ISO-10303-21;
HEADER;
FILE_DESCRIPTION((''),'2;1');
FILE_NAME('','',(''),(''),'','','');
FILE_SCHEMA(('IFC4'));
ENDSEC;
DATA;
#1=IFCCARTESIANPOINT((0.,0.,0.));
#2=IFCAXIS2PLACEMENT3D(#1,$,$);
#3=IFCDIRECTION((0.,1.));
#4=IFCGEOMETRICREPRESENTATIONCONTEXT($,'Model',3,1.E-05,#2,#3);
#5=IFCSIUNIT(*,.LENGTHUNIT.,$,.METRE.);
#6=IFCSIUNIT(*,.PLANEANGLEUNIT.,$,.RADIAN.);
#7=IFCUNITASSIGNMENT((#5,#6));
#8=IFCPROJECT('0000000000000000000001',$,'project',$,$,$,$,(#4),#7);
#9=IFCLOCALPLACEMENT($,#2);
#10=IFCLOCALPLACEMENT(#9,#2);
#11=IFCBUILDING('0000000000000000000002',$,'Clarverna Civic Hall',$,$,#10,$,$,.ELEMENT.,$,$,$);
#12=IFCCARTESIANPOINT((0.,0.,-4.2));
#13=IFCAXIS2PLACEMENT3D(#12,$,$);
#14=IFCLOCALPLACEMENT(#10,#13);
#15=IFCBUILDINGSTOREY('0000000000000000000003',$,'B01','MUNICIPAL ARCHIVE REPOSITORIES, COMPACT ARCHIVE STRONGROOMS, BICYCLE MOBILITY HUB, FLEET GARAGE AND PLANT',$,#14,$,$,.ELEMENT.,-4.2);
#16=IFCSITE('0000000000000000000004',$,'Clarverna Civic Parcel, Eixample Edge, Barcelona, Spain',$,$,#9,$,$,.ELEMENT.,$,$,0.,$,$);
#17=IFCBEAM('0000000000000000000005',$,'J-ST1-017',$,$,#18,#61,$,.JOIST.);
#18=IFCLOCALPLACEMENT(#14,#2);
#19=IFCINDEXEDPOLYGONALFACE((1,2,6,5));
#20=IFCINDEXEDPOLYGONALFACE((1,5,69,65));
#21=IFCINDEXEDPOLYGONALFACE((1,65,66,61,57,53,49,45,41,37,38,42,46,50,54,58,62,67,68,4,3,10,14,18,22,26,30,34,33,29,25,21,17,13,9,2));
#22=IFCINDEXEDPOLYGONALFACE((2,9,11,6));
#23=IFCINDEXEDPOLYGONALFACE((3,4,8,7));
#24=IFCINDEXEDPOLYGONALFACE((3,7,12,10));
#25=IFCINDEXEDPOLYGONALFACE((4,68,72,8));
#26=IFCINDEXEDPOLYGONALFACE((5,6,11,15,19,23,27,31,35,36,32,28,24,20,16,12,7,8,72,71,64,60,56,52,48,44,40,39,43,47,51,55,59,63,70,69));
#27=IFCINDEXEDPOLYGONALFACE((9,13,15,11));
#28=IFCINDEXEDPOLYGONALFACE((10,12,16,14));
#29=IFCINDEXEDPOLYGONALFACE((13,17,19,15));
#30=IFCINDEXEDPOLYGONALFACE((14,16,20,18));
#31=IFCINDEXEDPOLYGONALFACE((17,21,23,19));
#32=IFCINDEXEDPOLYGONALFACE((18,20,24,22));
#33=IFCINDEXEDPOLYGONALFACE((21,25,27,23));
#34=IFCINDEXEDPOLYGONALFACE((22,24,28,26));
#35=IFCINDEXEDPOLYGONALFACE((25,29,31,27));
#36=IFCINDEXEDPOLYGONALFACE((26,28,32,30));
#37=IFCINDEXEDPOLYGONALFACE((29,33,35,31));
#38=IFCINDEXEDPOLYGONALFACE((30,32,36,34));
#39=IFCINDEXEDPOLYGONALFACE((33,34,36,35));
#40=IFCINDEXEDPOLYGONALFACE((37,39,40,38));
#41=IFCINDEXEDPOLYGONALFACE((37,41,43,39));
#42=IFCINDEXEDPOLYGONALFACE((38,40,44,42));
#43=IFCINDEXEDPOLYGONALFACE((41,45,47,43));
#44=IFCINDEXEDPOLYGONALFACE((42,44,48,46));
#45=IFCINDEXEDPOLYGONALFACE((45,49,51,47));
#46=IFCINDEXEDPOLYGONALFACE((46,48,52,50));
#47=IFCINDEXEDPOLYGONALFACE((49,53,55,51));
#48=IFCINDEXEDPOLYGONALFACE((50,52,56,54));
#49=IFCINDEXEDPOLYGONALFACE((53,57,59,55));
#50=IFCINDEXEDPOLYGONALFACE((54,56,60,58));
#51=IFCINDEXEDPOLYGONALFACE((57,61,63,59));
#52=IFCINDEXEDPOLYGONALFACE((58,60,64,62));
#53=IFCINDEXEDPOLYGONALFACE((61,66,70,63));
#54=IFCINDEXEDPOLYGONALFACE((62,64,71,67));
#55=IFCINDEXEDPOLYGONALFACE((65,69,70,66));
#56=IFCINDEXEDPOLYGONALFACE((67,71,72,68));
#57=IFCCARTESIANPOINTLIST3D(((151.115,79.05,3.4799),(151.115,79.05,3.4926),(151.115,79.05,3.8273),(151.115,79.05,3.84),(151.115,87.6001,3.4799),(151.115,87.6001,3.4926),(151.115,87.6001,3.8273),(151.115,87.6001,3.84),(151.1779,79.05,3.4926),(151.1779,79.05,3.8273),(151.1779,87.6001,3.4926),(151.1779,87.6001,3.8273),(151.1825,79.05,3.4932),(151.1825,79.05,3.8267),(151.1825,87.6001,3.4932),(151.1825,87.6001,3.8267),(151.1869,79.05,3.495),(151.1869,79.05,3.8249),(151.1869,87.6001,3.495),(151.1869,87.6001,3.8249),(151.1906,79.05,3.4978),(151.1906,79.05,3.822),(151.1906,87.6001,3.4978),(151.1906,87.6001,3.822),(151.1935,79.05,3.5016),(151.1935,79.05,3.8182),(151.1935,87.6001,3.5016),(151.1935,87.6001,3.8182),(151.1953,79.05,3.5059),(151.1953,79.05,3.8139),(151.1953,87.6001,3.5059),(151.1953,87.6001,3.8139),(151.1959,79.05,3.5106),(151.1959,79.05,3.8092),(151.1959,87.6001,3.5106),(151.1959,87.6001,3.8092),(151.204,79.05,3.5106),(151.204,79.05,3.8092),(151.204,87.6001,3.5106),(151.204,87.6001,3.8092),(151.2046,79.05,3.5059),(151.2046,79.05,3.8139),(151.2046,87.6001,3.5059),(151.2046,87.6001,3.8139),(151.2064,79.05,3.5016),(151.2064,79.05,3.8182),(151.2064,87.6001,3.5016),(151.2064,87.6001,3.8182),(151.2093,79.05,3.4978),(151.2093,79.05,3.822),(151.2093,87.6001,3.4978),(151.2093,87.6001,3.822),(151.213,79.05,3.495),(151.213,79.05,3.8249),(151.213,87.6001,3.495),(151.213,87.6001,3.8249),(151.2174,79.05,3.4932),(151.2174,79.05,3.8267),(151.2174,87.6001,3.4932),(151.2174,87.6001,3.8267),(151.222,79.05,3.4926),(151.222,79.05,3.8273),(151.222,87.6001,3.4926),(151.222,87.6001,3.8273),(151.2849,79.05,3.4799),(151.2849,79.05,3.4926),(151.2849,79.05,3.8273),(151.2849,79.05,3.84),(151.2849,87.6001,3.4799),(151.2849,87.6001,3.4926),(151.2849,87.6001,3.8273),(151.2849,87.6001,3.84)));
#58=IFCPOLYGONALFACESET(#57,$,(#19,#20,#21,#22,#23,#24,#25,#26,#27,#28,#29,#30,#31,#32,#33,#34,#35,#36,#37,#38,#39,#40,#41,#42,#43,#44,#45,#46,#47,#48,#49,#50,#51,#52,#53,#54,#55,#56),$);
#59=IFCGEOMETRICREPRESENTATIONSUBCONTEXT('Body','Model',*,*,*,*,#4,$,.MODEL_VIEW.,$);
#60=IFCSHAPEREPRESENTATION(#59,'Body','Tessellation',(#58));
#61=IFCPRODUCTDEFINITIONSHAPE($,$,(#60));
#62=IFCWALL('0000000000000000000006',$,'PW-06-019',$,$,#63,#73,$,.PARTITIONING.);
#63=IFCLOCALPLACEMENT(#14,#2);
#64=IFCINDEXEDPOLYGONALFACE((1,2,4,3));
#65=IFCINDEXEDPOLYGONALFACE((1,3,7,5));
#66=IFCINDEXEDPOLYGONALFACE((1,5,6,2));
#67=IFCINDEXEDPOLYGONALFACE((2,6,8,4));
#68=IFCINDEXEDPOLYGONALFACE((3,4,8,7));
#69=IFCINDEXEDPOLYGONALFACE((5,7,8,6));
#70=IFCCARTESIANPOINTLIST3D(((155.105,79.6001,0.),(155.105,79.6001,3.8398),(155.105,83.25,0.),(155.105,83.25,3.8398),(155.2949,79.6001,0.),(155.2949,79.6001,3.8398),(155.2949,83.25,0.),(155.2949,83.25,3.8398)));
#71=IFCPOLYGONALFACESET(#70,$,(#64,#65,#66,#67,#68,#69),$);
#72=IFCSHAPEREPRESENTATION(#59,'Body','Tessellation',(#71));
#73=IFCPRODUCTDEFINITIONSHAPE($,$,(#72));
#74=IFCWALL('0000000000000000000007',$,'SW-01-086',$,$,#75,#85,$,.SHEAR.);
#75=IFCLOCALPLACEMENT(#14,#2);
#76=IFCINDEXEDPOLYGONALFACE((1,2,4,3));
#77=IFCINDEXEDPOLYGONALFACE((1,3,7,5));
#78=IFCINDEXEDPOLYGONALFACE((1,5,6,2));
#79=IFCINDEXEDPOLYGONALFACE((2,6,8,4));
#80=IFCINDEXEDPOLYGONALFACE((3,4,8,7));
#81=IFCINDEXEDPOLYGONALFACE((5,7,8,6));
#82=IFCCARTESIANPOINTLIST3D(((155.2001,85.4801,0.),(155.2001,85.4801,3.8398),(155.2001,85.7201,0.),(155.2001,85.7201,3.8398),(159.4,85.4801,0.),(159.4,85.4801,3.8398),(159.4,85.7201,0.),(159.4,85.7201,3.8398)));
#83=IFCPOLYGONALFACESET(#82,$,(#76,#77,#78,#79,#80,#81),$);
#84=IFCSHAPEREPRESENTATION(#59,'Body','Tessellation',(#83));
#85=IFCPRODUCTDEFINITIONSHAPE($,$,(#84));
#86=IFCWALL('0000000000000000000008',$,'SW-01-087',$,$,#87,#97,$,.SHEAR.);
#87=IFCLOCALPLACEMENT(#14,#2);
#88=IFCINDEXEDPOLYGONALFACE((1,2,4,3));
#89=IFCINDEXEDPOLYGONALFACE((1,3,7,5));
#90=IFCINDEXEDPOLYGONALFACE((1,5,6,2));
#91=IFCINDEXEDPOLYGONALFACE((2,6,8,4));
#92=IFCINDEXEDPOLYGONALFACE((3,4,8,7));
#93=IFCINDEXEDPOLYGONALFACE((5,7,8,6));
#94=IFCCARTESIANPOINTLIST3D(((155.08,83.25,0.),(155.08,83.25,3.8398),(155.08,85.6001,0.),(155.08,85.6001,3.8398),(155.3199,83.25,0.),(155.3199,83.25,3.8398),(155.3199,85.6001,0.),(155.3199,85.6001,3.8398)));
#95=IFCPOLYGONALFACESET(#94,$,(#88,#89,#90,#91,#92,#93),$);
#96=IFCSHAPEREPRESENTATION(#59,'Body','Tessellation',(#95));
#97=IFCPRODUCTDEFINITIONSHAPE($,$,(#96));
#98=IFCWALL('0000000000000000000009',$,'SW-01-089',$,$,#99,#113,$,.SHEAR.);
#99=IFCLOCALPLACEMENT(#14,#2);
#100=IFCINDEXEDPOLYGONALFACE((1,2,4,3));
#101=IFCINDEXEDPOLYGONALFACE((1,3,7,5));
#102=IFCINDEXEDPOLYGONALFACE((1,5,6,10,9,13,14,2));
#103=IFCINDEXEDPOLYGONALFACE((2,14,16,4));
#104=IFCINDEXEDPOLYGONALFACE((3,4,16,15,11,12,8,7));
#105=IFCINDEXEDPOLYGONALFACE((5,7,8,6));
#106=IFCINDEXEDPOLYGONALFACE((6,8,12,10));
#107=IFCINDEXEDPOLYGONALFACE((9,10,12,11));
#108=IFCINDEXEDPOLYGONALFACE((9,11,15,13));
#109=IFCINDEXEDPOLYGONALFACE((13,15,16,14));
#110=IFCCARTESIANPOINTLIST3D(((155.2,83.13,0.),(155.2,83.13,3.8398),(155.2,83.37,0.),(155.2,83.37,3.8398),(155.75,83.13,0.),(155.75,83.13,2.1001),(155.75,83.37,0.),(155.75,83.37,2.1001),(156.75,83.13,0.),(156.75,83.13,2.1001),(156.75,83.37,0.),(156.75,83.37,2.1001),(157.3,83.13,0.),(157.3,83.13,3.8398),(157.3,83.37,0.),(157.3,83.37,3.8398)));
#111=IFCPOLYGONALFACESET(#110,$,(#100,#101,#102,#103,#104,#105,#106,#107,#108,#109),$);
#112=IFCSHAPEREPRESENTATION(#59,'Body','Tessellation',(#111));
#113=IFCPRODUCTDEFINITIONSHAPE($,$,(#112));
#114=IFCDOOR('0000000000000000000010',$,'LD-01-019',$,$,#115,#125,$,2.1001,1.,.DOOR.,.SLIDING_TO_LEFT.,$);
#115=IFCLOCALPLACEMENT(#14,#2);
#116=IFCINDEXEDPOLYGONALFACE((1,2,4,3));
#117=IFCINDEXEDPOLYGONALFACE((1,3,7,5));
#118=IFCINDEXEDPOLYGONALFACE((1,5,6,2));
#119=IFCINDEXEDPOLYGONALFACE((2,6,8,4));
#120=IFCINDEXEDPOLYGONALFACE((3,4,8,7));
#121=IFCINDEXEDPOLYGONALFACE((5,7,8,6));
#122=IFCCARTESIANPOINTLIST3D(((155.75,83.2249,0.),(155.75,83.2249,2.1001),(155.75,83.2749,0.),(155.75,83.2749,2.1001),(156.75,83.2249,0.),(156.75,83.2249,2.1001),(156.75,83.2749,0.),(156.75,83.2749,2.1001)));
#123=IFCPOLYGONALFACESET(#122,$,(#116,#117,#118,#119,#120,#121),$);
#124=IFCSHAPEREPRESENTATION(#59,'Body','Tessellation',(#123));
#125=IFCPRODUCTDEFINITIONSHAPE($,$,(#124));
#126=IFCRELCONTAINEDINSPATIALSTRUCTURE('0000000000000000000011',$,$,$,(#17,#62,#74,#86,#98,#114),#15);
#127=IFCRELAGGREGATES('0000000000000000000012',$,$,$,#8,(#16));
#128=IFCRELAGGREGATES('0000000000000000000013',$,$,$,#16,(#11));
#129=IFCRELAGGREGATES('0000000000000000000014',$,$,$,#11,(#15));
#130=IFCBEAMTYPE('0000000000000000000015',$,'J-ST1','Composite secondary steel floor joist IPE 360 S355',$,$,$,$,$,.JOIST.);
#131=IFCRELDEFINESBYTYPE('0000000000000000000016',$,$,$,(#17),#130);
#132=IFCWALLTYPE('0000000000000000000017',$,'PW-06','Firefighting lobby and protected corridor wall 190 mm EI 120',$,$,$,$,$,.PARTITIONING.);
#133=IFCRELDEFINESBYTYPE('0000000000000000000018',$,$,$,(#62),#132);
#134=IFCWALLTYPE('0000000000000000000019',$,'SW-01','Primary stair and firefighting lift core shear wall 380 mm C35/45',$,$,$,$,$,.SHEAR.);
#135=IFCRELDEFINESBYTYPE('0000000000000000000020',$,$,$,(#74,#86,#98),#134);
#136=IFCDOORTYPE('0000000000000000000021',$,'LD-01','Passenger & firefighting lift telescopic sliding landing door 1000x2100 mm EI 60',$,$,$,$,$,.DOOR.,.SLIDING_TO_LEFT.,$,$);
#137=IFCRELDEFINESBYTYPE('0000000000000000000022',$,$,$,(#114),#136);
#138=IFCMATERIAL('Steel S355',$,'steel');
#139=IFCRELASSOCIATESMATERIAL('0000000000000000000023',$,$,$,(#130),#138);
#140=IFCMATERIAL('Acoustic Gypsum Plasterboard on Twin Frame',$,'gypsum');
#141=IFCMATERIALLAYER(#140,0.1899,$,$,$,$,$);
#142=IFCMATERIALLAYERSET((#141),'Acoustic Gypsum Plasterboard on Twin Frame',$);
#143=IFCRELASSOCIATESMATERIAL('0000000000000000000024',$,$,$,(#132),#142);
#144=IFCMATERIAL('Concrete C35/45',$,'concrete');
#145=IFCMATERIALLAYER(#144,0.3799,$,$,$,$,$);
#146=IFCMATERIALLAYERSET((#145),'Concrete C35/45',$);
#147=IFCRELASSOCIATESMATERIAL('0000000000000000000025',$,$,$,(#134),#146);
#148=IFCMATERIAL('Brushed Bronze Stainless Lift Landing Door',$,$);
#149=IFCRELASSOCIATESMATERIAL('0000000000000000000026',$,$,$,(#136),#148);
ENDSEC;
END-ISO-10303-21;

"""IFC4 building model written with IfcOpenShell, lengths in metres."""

from ifc_helpers import new_model, si_unit, direction, frame, frame_2d, origin, origin_2d, place, context, subcontext, project, spatial, rectangle, i_section, extrude, material, layer, layer_set, material_profile, profile_set, type_object, element, fill, save


model = new_model("IFC4")

# Units and contexts
model_context = context("Model", 3, precision=1e-05, world=origin(), true_north=direction((0.0, 1.0)))
body_context = subcontext(model_context, "Body", "Model", "MODEL_VIEW")
ifc_project = project(units=[si_unit("LENGTHUNIT", "METRE"), si_unit("PLANEANGLEUNIT", "RADIAN")], contexts=[model_context])

# Site, building, storey
site_placement = place(None, origin())
site = spatial("IfcSite", under=ifc_project, at=site_placement, Name="Clarverna Civic Parcel, Eixample Edge, Barcelona, Spain", CompositionType="ELEMENT", RefElevation=0.0)
building_placement = place(site_placement, origin())
building = spatial("IfcBuilding", under=site, at=building_placement, Name="Clarverna Civic Hall", CompositionType="ELEMENT")
storey_placement = place(building_placement, frame((0.0, 0.0, -4.2)))
storey = spatial("IfcBuildingStorey", under=building, at=storey_placement, Name="B01", Description="MUNICIPAL ARCHIVE REPOSITORIES, COMPACT ARCHIVE STRONGROOMS, BICYCLE MOBILITY HUB, FLEET GARAGE AND PLANT", CompositionType="ELEMENT", Elevation=-4.2)

# Beam
ifc_material_1 = material(Name="Concrete C35/45", Category="concrete")
ifc_material_2 = material(Name="Steel S355", Category="steel")
ifc_material_profile_1 = material_profile(ifc_material_2, i_section(OverallWidth=0.1699, OverallDepth=0.3601, WebThickness=0.0081, FlangeThickness=0.0127, FilletRadius=0.0181, at=origin_2d()), Name="IPE 360")
ifc_profile_set_1 = profile_set([ifc_material_profile_1], Name="Steel S355")
beam_type_1 = type_object("IfcBeamType", Name="J-ST1", Description="Composite secondary steel floor joist IPE 360 S355", PredefinedType="JOIST", material=ifc_profile_set_1)
beam_1_placement = place(storey_placement, frame((151.2, 79.05, 3.6599), z_axis=(0.0, 1.0, 0.0), x_axis=(-1.0, 0.0, 0.0)))
element("IfcBeam", 1, at=beam_1_placement, inside=storey, type_object=beam_type_1, Name="J-ST1-017", PredefinedType="JOIST", context=body_context, shape_type="SweptSolid", body=[
    extrude(i_section(OverallWidth=0.1699, OverallDepth=0.3601, WebThickness=0.0081, FlangeThickness=0.0127, FilletRadius=0.0181, at=origin_2d()), origin(), (0.0, 0.0, 1.0), 8.55),
])

# Wall
ifc_material_3 = material(Name="Acoustic Gypsum Plasterboard on Twin Frame", Category="gypsum")
ifc_layer_1 = layer(ifc_material_3, 0.1899)
ifc_layer_set_1 = layer_set([ifc_layer_1], Name="Acoustic Gypsum Plasterboard on Twin Frame")
wall_type_1 = type_object("IfcWallType", Name="PW-06", Description="Firefighting lobby and protected corridor wall 190 mm EI 120", PredefinedType="PARTITIONING", material=ifc_layer_set_1)
wall_1_placement = place(storey_placement, frame((155.2, 79.6001, 0.0), z_axis=(0.0, 0.0, 1.0), x_axis=(0.0, 1.0, 0.0)))
element("IfcWall", 2, at=wall_1_placement, inside=storey, type_object=wall_type_1, Name="PW-06-019", PredefinedType="PARTITIONING", context=body_context, shape_type="SweptSolid", body=[
    extrude(rectangle(XDim=3.6499, YDim=0.1899, at=frame_2d((1.825, 0.0))), origin(), (0.0, 0.0, 1.0), 3.8398),
])

# Walls
ifc_layer_2 = layer(ifc_material_1, 0.3799)
ifc_layer_set_2 = layer_set([ifc_layer_2], Name="Concrete C35/45")
wall_type_2 = type_object("IfcWallType", Name="SW-01", Description="Primary stair and firefighting lift core shear wall 380 mm C35/45", PredefinedType="SHEAR", material=ifc_layer_set_2)
wall_2_placement = place(storey_placement, frame((155.2, 85.6001, 0.0), z_axis=(0.0, 0.0, 1.0), x_axis=(1.0, 0.0, 0.0)))
element("IfcWall", 3, at=wall_2_placement, inside=storey, type_object=wall_type_2, Name="SW-01-086", PredefinedType="SHEAR", context=body_context, shape_type="SweptSolid", body=[
    extrude(rectangle(XDim=4.2, YDim=0.24, at=frame_2d((2.1001, 0.0))), origin(), (0.0, 0.0, 1.0), 3.8398),
])
wall_3_placement = place(storey_placement, frame((155.2, 83.25, 0.0), z_axis=(0.0, 0.0, 1.0), x_axis=(0.0, 1.0, 0.0)))
element("IfcWall", 4, at=wall_3_placement, inside=storey, type_object=wall_type_2, Name="SW-01-087", PredefinedType="SHEAR", context=body_context, shape_type="SweptSolid", body=[
    extrude(rectangle(XDim=2.3501, YDim=0.24, at=frame_2d((1.175, 0.0))), origin(), (0.0, 0.0, 1.0), 3.8398),
])

# Wall, opening, door
wall_4_placement = place(storey_placement, frame((155.2, 83.25, 0.0), z_axis=(0.0, 0.0, 1.0), x_axis=(1.0, 0.0, 0.0)))
wall_4 = element("IfcWall", 5, at=wall_4_placement, inside=storey, type_object=wall_type_2, Name="SW-01-089", PredefinedType="SHEAR", context=body_context, shape_type="SweptSolid", body=[
    extrude(rectangle(XDim=2.1001, YDim=0.24, at=frame_2d((1.05, 0.0))), origin(), (0.0, 0.0, 1.0), 3.8398),
])
opening_1_placement = place(wall_4_placement, frame((0.55, 0.0, 0.0)))
opening_1 = element("IfcOpeningElement", 6, at=opening_1_placement, cuts=wall_4, PredefinedType="OPENING", context=body_context, shape_type="SweptSolid", body=[
    extrude(rectangle(XDim=1.0, YDim=2.1001, at=frame_2d((0.5, 1.05))), frame((0.0, 0.1299, 0.0), z_axis=(0.0, -1.0, 0.0), x_axis=(1.0, 0.0, 0.0)), (0.0, 0.0, 1.0), 0.26),
])
ifc_material_4 = material(Name="Brushed Bronze Stainless Lift Landing Door")
door_type_1 = type_object("IfcDoorType", Name="LD-01", Description="Passenger & firefighting lift telescopic sliding landing door 1000x2100 mm EI 60", OperationType="SLIDING_TO_LEFT", PredefinedType="DOOR", material=ifc_material_4)
door_1_placement = place(opening_1_placement, origin())
door_1 = element("IfcDoor", 7, at=door_1_placement, inside=storey, type_object=door_type_1, Name="LD-01-019", OperationType="SLIDING_TO_LEFT", OverallHeight=2.1001, OverallWidth=1.0, PredefinedType="DOOR", context=body_context, shape_type="SweptSolid", body=[
    extrude(rectangle(XDim=1.0, YDim=2.1001, at=frame_2d((0.5, 1.05))), frame((0.0, 0.0249, 0.0), z_axis=(0.0, -1.0, 0.0), x_axis=(1.0, 0.0, 0.0)), (0.0, 0.0, 1.0), 0.05),
])
fill(opening_1, door_1)

save(model, "model.ifc")
